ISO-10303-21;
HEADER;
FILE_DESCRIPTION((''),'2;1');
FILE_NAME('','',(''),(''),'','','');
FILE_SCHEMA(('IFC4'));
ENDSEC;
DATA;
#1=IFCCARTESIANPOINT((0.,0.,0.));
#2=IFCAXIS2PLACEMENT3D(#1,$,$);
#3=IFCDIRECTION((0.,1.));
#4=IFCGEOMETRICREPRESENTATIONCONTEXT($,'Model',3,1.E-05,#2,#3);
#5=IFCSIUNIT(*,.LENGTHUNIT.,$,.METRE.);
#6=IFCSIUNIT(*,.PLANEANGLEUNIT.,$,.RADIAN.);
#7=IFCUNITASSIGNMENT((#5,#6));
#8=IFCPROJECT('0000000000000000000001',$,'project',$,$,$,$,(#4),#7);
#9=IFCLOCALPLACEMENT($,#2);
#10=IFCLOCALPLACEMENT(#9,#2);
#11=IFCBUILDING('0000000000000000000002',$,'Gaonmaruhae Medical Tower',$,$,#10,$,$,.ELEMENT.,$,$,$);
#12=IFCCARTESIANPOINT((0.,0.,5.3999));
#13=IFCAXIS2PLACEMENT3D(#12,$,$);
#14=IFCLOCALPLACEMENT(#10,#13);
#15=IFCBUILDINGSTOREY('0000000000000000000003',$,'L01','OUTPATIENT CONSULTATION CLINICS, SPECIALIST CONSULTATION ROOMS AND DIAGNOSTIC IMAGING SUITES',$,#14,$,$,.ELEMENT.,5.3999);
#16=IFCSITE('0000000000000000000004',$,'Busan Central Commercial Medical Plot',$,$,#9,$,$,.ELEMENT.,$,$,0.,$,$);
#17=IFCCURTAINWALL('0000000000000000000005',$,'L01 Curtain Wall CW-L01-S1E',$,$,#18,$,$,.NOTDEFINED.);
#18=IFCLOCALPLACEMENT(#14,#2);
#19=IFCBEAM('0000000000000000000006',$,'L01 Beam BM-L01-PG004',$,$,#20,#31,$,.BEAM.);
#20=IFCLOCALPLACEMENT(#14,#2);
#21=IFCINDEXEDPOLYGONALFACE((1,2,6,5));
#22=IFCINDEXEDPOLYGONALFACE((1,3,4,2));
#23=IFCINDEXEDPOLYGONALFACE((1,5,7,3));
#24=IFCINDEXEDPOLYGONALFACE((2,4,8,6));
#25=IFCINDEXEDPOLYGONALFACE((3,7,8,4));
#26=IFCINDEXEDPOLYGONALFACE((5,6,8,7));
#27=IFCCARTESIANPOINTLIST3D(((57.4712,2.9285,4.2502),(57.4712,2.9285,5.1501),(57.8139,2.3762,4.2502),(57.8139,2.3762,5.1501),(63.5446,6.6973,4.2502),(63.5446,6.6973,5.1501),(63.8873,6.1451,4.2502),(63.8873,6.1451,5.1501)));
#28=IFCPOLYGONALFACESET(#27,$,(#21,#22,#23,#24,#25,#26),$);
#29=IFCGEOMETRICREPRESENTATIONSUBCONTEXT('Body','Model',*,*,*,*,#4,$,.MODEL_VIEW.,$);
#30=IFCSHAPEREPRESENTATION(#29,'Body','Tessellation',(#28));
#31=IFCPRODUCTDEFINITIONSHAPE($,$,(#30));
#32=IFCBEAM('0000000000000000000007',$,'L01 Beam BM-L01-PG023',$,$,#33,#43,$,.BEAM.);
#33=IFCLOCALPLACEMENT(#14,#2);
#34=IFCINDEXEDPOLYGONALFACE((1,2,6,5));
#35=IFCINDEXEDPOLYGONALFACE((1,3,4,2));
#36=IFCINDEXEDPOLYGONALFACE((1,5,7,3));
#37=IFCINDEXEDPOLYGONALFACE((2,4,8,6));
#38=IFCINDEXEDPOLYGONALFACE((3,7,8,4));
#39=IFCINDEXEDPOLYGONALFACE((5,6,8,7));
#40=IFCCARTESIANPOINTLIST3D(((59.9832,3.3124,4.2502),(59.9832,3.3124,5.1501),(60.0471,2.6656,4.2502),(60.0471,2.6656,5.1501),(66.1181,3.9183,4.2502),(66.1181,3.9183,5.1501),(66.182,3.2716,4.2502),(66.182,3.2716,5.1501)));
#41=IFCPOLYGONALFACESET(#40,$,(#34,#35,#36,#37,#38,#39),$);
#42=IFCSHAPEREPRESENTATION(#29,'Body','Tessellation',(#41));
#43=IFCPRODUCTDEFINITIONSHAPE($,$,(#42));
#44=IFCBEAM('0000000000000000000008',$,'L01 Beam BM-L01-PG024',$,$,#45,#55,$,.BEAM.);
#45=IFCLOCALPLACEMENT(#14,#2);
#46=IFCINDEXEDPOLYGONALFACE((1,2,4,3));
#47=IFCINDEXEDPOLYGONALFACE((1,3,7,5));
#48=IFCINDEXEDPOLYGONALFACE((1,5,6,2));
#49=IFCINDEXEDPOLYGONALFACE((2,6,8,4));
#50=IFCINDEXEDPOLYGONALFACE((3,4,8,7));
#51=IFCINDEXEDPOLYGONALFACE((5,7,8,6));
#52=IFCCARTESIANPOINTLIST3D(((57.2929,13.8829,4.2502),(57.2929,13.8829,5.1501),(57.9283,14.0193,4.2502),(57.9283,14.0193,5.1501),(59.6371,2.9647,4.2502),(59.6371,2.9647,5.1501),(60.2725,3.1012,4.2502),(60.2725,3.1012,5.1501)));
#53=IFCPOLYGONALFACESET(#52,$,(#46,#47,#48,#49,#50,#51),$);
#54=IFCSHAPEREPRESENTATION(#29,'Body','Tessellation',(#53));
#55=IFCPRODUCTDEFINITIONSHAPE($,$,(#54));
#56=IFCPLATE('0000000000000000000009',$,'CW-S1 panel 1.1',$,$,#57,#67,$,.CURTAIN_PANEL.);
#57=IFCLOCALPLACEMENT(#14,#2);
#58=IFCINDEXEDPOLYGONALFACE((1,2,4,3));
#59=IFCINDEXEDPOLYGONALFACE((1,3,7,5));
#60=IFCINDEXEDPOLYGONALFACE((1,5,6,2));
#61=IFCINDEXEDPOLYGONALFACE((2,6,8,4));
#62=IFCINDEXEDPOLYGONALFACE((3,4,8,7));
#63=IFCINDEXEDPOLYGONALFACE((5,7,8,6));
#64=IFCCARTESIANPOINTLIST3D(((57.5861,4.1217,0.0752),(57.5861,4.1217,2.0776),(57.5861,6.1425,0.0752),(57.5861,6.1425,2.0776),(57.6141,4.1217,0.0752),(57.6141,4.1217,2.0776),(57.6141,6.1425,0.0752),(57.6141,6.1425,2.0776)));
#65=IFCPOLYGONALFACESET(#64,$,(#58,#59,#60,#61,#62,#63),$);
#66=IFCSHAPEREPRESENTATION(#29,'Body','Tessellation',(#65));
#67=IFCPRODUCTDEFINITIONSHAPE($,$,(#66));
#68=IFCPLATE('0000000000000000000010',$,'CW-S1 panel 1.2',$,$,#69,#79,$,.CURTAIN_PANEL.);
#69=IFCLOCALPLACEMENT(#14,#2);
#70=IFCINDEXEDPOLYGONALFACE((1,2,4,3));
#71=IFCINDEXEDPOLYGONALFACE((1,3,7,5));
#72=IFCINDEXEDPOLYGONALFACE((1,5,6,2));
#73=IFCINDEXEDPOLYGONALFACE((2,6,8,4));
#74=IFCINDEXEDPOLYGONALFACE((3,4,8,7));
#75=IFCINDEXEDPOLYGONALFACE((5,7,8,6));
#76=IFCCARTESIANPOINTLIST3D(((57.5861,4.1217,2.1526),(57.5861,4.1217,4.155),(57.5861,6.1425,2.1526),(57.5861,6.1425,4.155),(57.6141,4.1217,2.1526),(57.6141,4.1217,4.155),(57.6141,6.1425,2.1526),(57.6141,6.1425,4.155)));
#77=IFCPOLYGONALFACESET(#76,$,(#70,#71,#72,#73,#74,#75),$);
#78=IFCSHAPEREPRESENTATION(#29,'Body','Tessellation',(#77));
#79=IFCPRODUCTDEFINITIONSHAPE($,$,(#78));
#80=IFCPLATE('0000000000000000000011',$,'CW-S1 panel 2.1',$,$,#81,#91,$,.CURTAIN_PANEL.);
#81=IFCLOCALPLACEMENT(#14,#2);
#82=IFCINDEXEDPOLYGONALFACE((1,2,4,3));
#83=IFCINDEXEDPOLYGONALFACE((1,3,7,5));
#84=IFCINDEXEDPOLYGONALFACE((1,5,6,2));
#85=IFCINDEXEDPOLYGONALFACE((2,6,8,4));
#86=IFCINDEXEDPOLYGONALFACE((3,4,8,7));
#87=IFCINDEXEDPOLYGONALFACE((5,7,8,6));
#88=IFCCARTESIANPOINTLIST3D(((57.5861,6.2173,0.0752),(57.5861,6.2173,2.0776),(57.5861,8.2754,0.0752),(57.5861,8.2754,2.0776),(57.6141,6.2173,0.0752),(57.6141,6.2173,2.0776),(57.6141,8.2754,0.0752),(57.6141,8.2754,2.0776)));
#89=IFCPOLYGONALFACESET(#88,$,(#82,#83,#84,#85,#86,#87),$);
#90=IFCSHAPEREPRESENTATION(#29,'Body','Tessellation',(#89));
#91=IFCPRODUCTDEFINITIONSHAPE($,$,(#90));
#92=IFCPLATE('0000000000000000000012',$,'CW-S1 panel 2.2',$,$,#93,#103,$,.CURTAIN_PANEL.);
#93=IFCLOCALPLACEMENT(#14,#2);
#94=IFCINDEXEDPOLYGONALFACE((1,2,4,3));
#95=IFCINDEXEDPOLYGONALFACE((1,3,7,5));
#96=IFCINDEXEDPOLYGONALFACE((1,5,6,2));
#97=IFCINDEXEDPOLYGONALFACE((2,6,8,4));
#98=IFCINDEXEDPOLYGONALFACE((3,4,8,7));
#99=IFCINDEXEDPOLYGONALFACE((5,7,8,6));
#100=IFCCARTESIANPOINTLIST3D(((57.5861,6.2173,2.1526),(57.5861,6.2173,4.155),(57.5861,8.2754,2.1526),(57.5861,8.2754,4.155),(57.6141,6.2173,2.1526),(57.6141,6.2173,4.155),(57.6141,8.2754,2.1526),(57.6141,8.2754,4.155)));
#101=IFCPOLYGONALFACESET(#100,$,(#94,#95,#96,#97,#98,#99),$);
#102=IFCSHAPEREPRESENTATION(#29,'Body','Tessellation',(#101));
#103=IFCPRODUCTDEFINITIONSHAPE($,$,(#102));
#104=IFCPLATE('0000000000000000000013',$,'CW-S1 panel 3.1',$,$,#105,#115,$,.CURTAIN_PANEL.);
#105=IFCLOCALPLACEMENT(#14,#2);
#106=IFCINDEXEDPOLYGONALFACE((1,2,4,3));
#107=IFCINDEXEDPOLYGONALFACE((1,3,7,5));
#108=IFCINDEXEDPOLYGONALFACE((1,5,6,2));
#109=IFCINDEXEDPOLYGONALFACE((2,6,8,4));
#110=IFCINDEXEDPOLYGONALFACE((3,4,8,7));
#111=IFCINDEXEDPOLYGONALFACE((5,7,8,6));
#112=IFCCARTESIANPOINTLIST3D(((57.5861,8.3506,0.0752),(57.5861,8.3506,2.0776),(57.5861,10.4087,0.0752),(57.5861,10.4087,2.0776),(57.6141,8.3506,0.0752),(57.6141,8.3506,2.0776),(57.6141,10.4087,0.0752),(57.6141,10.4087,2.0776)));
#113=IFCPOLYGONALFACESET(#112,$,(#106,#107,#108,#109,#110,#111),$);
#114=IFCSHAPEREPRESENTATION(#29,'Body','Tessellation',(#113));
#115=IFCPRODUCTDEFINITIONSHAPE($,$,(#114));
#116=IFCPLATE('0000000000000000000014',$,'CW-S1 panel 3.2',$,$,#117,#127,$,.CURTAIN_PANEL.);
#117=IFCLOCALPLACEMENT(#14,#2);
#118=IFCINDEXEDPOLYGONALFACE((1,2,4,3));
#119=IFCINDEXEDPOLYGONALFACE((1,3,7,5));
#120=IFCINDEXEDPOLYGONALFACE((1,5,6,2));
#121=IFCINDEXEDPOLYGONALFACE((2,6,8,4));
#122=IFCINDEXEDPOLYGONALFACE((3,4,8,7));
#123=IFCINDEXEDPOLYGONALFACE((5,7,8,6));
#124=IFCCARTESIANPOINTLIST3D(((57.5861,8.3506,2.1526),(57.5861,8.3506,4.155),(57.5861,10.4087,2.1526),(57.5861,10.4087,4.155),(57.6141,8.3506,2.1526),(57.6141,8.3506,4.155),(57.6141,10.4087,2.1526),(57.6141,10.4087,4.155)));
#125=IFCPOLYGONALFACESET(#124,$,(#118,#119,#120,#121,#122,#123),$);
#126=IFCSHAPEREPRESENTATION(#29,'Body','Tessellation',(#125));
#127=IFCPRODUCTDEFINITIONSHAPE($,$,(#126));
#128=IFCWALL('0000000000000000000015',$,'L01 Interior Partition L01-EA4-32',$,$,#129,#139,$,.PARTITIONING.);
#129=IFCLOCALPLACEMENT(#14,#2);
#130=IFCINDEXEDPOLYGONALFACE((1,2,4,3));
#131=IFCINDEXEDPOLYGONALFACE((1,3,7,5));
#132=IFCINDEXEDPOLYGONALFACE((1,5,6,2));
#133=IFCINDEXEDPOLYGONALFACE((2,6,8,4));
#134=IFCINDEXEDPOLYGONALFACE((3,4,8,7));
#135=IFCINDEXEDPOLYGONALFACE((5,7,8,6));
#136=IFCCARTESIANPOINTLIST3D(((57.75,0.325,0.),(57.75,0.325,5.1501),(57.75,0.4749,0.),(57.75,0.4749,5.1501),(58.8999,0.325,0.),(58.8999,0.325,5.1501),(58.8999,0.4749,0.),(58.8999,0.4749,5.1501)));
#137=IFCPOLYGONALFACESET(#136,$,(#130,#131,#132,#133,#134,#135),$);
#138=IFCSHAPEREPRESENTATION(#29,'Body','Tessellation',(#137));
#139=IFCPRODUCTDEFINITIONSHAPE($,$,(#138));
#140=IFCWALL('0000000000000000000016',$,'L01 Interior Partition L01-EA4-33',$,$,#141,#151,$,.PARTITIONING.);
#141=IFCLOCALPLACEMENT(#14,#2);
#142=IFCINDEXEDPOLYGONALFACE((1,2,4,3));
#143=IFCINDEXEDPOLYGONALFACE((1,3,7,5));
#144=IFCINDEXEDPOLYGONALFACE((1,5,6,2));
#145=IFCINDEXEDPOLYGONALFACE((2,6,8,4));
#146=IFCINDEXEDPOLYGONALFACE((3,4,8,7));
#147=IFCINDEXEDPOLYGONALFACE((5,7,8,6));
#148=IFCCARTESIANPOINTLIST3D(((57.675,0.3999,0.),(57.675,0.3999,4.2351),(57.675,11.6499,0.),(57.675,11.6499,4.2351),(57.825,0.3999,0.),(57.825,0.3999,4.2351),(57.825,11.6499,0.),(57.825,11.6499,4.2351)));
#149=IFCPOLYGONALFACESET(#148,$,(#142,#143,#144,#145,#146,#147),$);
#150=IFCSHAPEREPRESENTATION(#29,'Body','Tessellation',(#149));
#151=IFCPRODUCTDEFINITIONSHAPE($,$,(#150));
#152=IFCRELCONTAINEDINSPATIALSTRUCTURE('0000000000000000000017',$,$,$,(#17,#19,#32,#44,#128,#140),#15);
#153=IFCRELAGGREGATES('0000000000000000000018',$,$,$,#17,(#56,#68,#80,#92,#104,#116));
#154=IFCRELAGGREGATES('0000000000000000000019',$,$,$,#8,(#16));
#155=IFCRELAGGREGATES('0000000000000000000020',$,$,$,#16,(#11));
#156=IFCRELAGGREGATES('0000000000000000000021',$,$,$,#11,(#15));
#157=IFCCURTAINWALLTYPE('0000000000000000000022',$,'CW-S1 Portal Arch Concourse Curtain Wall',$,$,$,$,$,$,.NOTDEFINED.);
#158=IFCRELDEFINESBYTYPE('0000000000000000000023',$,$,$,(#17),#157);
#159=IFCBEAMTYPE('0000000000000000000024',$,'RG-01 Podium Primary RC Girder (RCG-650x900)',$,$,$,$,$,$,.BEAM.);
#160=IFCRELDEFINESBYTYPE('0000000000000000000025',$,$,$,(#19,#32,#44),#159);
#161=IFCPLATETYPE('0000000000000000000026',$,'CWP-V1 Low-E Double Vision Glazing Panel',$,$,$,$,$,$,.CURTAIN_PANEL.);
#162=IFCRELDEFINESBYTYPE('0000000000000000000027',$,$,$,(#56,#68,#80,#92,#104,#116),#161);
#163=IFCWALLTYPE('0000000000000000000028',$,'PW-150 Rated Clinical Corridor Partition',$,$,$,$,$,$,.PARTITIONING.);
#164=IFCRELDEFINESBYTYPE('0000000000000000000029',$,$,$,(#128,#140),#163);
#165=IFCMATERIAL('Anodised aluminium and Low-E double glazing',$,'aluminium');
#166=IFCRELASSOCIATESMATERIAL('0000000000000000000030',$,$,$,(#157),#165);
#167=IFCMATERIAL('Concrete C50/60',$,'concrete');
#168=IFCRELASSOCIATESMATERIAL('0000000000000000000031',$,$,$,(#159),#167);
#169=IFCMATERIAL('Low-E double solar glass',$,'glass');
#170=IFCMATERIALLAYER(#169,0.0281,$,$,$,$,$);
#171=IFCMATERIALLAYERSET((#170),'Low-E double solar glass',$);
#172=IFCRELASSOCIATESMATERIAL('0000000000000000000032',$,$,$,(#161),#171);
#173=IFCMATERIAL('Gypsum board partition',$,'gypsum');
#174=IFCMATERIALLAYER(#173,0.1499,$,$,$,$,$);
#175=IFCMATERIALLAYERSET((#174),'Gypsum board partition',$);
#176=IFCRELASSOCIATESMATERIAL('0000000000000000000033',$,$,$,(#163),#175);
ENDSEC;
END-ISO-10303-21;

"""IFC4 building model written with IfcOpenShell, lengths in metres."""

from ifc_helpers import new_model, si_unit, direction, frame, frame_2d, origin, origin_2d, place, context, subcontext, project, spatial, rectangle, extrude, material, layer, layer_set, material_profile, profile_set, type_object, element, aggregate, save


model = new_model("IFC4")

# Units and contexts
model_context = context("Model", 3, precision=1e-05, world=origin(), true_north=direction((0.0, 1.0)))
body_context = subcontext(model_context, "Body", "Model", "MODEL_VIEW")
ifc_project = project(units=[si_unit("LENGTHUNIT", "METRE"), si_unit("PLANEANGLEUNIT", "RADIAN")], contexts=[model_context])

# Site, building, storey
site_placement = place(None, origin())
site = spatial("IfcSite", under=ifc_project, at=site_placement, Name="Busan Central Commercial Medical Plot", CompositionType="ELEMENT", RefElevation=0.0)
building_placement = place(site_placement, origin())
building = spatial("IfcBuilding", under=site, at=building_placement, Name="Gaonmaruhae Medical Tower", CompositionType="ELEMENT")
storey_placement = place(building_placement, frame((0.0, 0.0, 5.3999)))
storey = spatial("IfcBuildingStorey", under=building, at=storey_placement, Name="L01", Description="OUTPATIENT CONSULTATION CLINICS, SPECIALIST CONSULTATION ROOMS AND DIAGNOSTIC IMAGING SUITES", CompositionType="ELEMENT", Elevation=5.3999)

# Shared definitions
ifc_material_1 = material(Name="Concrete C50/60", Category="concrete")

# Curtain wall
ifc_material_2 = material(Name="Anodised aluminium and Low-E double glazing", Category="aluminium")
curtain_wall_type = type_object("IfcCurtainWallType", Name="CW-S1 Portal Arch Concourse Curtain Wall", PredefinedType="NOTDEFINED", material=ifc_material_2)
curtain_wall_placement = place(storey_placement, origin())
curtain_wall = element("IfcCurtainWall", 1, at=curtain_wall_placement, inside=storey, type_object=curtain_wall_type, Name="L01 Curtain Wall CW-L01-S1E", PredefinedType="NOTDEFINED")

# Beams
ifc_material_profile_1 = material_profile(ifc_material_1, rectangle(XDim=0.6499, YDim=0.8999, at=origin_2d()), Name="RCG-650x900")
ifc_profile_set_1 = profile_set([ifc_material_profile_1], Name="Concrete C50/60")
beam_type = type_object("IfcBeamType", Name="RG-01 Podium Primary RC Girder (RCG-650x900)", PredefinedType="BEAM", material=ifc_profile_set_1)
beam_1_placement = place(storey_placement, frame((57.6426, 2.6523, 4.7002), z_axis=(0.84969, 0.527282, 0.0), x_axis=(-0.527282, 0.84969, 0.0)))
element("IfcBeam", 2, at=beam_1_placement, inside=storey, type_object=beam_type, Name="L01 Beam BM-L01-PG004", PredefinedType="BEAM", context=body_context, shape_type="SweptSolid", body=[
    extrude(rectangle(XDim=0.6499, YDim=0.8999, at=origin_2d()), origin(), (0.0, 0.0, 1.0), 7.1477),
])
beam_2_placement = place(storey_placement, frame((60.0151, 2.989, 4.7002), z_axis=(0.995158, 0.098292, 0.0), x_axis=(-0.098292, 0.995158, 0.0)))
element("IfcBeam", 3, at=beam_2_placement, inside=storey, type_object=beam_type, Name="L01 Beam BM-L01-PG023", PredefinedType="BEAM", context=body_context, shape_type="SweptSolid", body=[
    extrude(rectangle(XDim=0.6499, YDim=0.8999, at=origin_2d()), origin(), (0.0, 0.0, 1.0), 6.1648),
])
beam_3_placement = place(storey_placement, frame((59.9548, 3.033, 4.7002), z_axis=(-0.209925, 0.977718, 0.0), x_axis=(-0.977718, -0.209925, 0.0)))
element("IfcBeam", 4, at=beam_3_placement, inside=storey, type_object=beam_type, Name="L01 Beam BM-L01-PG024", PredefinedType="BEAM", context=body_context, shape_type="SweptSolid", body=[
    extrude(rectangle(XDim=0.6499, YDim=0.8999, at=origin_2d()), origin(), (0.0, 0.0, 1.0), 11.167),
])

# Plates
ifc_material_3 = material(Name="Low-E double solar glass", Category="glass")
ifc_layer_1 = layer(ifc_material_3, 0.0281)
ifc_layer_set_1 = layer_set([ifc_layer_1], Name="Low-E double solar glass")
plate_type = type_object("IfcPlateType", Name="CWP-V1 Low-E Double Vision Glazing Panel", PredefinedType="CURTAIN_PANEL", material=ifc_layer_set_1)
plate_1_placement = place(storey_placement, frame((57.6001, 5.1321, 0.0752), z_axis=(0.0, 0.0, 1.0), x_axis=(0.0, 1.0, 0.0)))
plate_1 = element("IfcPlate", 5, at=plate_1_placement, type_object=plate_type, Name="CW-S1 panel 1.1", PredefinedType="CURTAIN_PANEL", context=body_context, shape_type="SweptSolid", body=[
    extrude(rectangle(XDim=2.0208, YDim=0.0281, at=origin_2d()), origin(), (0.0, 0.0, 1.0), 2.0024),
])
plate_2_placement = place(storey_placement, frame((57.6001, 5.1321, 2.1526), z_axis=(0.0, 0.0, 1.0), x_axis=(0.0, 1.0, 0.0)))
plate_2 = element("IfcPlate", 6, at=plate_2_placement, type_object=plate_type, Name="CW-S1 panel 1.2", PredefinedType="CURTAIN_PANEL", context=body_context, shape_type="SweptSolid", body=[
    extrude(rectangle(XDim=2.0208, YDim=0.0281, at=origin_2d()), origin(), (0.0, 0.0, 1.0), 2.0024),
])
plate_3_placement = place(storey_placement, frame((57.6001, 7.2463, 0.0752), z_axis=(0.0, 0.0, 1.0), x_axis=(0.0, 1.0, 0.0)))
plate_3 = element("IfcPlate", 7, at=plate_3_placement, type_object=plate_type, Name="CW-S1 panel 2.1", PredefinedType="CURTAIN_PANEL", context=body_context, shape_type="SweptSolid", body=[
    extrude(rectangle(XDim=2.0581, YDim=0.0281, at=origin_2d()), origin(), (0.0, 0.0, 1.0), 2.0024),
])
plate_4_placement = place(storey_placement, frame((57.6001, 7.2463, 2.1526), z_axis=(0.0, 0.0, 1.0), x_axis=(0.0, 1.0, 0.0)))
plate_4 = element("IfcPlate", 8, at=plate_4_placement, type_object=plate_type, Name="CW-S1 panel 2.2", PredefinedType="CURTAIN_PANEL", context=body_context, shape_type="SweptSolid", body=[
    extrude(rectangle(XDim=2.0581, YDim=0.0281, at=origin_2d()), origin(), (0.0, 0.0, 1.0), 2.0024),
])
plate_5_placement = place(storey_placement, frame((57.6001, 9.3796, 0.0752), z_axis=(0.0, 0.0, 1.0), x_axis=(0.0, 1.0, 0.0)))
plate_5 = element("IfcPlate", 9, at=plate_5_placement, type_object=plate_type, Name="CW-S1 panel 3.1", PredefinedType="CURTAIN_PANEL", context=body_context, shape_type="SweptSolid", body=[
    extrude(rectangle(XDim=2.0581, YDim=0.0281, at=origin_2d()), origin(), (0.0, 0.0, 1.0), 2.0024),
])
plate_6_placement = place(storey_placement, frame((57.6001, 9.3796, 2.1526), z_axis=(0.0, 0.0, 1.0), x_axis=(0.0, 1.0, 0.0)))
plate_6 = element("IfcPlate", 10, at=plate_6_placement, type_object=plate_type, Name="CW-S1 panel 3.2", PredefinedType="CURTAIN_PANEL", context=body_context, shape_type="SweptSolid", body=[
    extrude(rectangle(XDim=2.0581, YDim=0.0281, at=origin_2d()), origin(), (0.0, 0.0, 1.0), 2.0024),
])
aggregate(curtain_wall, [plate_1, plate_2, plate_3, plate_4, plate_5, plate_6])

# Walls
ifc_material_4 = material(Name="Gypsum board partition", Category="gypsum")
ifc_layer_2 = layer(ifc_material_4, 0.1499)
ifc_layer_set_2 = layer_set([ifc_layer_2], Name="Gypsum board partition")
wall_type = type_object("IfcWallType", Name="PW-150 Rated Clinical Corridor Partition", PredefinedType="PARTITIONING", material=ifc_layer_set_2)
wall_1_placement = place(storey_placement, frame((58.8999, 0.3999, 0.0), z_axis=(0.0, 0.0, 1.0), x_axis=(-1.0, 0.0, 0.0)))
element("IfcWall", 11, at=wall_1_placement, inside=storey, type_object=wall_type, Name="L01 Interior Partition L01-EA4-32", PredefinedType="PARTITIONING", context=body_context, shape_type="SweptSolid", body=[
    extrude(rectangle(XDim=1.1499, YDim=0.1499, at=frame_2d((0.575, 0.0))), origin(), (0.0, 0.0, 1.0), 5.1501),
])
wall_2_placement = place(storey_placement, frame((57.75, 0.3999, 0.0), z_axis=(0.0, 0.0, 1.0), x_axis=(0.0, 1.0, 0.0)))
element("IfcWall", 12, at=wall_2_placement, inside=storey, type_object=wall_type, Name="L01 Interior Partition L01-EA4-33", PredefinedType="PARTITIONING", context=body_context, shape_type="SweptSolid", body=[
    extrude(rectangle(XDim=11.25, YDim=0.1499, at=frame_2d((5.625, 0.0))), origin(), (0.0, 0.0, 1.0), 4.2351),
])

save(model, "model.ifc")
